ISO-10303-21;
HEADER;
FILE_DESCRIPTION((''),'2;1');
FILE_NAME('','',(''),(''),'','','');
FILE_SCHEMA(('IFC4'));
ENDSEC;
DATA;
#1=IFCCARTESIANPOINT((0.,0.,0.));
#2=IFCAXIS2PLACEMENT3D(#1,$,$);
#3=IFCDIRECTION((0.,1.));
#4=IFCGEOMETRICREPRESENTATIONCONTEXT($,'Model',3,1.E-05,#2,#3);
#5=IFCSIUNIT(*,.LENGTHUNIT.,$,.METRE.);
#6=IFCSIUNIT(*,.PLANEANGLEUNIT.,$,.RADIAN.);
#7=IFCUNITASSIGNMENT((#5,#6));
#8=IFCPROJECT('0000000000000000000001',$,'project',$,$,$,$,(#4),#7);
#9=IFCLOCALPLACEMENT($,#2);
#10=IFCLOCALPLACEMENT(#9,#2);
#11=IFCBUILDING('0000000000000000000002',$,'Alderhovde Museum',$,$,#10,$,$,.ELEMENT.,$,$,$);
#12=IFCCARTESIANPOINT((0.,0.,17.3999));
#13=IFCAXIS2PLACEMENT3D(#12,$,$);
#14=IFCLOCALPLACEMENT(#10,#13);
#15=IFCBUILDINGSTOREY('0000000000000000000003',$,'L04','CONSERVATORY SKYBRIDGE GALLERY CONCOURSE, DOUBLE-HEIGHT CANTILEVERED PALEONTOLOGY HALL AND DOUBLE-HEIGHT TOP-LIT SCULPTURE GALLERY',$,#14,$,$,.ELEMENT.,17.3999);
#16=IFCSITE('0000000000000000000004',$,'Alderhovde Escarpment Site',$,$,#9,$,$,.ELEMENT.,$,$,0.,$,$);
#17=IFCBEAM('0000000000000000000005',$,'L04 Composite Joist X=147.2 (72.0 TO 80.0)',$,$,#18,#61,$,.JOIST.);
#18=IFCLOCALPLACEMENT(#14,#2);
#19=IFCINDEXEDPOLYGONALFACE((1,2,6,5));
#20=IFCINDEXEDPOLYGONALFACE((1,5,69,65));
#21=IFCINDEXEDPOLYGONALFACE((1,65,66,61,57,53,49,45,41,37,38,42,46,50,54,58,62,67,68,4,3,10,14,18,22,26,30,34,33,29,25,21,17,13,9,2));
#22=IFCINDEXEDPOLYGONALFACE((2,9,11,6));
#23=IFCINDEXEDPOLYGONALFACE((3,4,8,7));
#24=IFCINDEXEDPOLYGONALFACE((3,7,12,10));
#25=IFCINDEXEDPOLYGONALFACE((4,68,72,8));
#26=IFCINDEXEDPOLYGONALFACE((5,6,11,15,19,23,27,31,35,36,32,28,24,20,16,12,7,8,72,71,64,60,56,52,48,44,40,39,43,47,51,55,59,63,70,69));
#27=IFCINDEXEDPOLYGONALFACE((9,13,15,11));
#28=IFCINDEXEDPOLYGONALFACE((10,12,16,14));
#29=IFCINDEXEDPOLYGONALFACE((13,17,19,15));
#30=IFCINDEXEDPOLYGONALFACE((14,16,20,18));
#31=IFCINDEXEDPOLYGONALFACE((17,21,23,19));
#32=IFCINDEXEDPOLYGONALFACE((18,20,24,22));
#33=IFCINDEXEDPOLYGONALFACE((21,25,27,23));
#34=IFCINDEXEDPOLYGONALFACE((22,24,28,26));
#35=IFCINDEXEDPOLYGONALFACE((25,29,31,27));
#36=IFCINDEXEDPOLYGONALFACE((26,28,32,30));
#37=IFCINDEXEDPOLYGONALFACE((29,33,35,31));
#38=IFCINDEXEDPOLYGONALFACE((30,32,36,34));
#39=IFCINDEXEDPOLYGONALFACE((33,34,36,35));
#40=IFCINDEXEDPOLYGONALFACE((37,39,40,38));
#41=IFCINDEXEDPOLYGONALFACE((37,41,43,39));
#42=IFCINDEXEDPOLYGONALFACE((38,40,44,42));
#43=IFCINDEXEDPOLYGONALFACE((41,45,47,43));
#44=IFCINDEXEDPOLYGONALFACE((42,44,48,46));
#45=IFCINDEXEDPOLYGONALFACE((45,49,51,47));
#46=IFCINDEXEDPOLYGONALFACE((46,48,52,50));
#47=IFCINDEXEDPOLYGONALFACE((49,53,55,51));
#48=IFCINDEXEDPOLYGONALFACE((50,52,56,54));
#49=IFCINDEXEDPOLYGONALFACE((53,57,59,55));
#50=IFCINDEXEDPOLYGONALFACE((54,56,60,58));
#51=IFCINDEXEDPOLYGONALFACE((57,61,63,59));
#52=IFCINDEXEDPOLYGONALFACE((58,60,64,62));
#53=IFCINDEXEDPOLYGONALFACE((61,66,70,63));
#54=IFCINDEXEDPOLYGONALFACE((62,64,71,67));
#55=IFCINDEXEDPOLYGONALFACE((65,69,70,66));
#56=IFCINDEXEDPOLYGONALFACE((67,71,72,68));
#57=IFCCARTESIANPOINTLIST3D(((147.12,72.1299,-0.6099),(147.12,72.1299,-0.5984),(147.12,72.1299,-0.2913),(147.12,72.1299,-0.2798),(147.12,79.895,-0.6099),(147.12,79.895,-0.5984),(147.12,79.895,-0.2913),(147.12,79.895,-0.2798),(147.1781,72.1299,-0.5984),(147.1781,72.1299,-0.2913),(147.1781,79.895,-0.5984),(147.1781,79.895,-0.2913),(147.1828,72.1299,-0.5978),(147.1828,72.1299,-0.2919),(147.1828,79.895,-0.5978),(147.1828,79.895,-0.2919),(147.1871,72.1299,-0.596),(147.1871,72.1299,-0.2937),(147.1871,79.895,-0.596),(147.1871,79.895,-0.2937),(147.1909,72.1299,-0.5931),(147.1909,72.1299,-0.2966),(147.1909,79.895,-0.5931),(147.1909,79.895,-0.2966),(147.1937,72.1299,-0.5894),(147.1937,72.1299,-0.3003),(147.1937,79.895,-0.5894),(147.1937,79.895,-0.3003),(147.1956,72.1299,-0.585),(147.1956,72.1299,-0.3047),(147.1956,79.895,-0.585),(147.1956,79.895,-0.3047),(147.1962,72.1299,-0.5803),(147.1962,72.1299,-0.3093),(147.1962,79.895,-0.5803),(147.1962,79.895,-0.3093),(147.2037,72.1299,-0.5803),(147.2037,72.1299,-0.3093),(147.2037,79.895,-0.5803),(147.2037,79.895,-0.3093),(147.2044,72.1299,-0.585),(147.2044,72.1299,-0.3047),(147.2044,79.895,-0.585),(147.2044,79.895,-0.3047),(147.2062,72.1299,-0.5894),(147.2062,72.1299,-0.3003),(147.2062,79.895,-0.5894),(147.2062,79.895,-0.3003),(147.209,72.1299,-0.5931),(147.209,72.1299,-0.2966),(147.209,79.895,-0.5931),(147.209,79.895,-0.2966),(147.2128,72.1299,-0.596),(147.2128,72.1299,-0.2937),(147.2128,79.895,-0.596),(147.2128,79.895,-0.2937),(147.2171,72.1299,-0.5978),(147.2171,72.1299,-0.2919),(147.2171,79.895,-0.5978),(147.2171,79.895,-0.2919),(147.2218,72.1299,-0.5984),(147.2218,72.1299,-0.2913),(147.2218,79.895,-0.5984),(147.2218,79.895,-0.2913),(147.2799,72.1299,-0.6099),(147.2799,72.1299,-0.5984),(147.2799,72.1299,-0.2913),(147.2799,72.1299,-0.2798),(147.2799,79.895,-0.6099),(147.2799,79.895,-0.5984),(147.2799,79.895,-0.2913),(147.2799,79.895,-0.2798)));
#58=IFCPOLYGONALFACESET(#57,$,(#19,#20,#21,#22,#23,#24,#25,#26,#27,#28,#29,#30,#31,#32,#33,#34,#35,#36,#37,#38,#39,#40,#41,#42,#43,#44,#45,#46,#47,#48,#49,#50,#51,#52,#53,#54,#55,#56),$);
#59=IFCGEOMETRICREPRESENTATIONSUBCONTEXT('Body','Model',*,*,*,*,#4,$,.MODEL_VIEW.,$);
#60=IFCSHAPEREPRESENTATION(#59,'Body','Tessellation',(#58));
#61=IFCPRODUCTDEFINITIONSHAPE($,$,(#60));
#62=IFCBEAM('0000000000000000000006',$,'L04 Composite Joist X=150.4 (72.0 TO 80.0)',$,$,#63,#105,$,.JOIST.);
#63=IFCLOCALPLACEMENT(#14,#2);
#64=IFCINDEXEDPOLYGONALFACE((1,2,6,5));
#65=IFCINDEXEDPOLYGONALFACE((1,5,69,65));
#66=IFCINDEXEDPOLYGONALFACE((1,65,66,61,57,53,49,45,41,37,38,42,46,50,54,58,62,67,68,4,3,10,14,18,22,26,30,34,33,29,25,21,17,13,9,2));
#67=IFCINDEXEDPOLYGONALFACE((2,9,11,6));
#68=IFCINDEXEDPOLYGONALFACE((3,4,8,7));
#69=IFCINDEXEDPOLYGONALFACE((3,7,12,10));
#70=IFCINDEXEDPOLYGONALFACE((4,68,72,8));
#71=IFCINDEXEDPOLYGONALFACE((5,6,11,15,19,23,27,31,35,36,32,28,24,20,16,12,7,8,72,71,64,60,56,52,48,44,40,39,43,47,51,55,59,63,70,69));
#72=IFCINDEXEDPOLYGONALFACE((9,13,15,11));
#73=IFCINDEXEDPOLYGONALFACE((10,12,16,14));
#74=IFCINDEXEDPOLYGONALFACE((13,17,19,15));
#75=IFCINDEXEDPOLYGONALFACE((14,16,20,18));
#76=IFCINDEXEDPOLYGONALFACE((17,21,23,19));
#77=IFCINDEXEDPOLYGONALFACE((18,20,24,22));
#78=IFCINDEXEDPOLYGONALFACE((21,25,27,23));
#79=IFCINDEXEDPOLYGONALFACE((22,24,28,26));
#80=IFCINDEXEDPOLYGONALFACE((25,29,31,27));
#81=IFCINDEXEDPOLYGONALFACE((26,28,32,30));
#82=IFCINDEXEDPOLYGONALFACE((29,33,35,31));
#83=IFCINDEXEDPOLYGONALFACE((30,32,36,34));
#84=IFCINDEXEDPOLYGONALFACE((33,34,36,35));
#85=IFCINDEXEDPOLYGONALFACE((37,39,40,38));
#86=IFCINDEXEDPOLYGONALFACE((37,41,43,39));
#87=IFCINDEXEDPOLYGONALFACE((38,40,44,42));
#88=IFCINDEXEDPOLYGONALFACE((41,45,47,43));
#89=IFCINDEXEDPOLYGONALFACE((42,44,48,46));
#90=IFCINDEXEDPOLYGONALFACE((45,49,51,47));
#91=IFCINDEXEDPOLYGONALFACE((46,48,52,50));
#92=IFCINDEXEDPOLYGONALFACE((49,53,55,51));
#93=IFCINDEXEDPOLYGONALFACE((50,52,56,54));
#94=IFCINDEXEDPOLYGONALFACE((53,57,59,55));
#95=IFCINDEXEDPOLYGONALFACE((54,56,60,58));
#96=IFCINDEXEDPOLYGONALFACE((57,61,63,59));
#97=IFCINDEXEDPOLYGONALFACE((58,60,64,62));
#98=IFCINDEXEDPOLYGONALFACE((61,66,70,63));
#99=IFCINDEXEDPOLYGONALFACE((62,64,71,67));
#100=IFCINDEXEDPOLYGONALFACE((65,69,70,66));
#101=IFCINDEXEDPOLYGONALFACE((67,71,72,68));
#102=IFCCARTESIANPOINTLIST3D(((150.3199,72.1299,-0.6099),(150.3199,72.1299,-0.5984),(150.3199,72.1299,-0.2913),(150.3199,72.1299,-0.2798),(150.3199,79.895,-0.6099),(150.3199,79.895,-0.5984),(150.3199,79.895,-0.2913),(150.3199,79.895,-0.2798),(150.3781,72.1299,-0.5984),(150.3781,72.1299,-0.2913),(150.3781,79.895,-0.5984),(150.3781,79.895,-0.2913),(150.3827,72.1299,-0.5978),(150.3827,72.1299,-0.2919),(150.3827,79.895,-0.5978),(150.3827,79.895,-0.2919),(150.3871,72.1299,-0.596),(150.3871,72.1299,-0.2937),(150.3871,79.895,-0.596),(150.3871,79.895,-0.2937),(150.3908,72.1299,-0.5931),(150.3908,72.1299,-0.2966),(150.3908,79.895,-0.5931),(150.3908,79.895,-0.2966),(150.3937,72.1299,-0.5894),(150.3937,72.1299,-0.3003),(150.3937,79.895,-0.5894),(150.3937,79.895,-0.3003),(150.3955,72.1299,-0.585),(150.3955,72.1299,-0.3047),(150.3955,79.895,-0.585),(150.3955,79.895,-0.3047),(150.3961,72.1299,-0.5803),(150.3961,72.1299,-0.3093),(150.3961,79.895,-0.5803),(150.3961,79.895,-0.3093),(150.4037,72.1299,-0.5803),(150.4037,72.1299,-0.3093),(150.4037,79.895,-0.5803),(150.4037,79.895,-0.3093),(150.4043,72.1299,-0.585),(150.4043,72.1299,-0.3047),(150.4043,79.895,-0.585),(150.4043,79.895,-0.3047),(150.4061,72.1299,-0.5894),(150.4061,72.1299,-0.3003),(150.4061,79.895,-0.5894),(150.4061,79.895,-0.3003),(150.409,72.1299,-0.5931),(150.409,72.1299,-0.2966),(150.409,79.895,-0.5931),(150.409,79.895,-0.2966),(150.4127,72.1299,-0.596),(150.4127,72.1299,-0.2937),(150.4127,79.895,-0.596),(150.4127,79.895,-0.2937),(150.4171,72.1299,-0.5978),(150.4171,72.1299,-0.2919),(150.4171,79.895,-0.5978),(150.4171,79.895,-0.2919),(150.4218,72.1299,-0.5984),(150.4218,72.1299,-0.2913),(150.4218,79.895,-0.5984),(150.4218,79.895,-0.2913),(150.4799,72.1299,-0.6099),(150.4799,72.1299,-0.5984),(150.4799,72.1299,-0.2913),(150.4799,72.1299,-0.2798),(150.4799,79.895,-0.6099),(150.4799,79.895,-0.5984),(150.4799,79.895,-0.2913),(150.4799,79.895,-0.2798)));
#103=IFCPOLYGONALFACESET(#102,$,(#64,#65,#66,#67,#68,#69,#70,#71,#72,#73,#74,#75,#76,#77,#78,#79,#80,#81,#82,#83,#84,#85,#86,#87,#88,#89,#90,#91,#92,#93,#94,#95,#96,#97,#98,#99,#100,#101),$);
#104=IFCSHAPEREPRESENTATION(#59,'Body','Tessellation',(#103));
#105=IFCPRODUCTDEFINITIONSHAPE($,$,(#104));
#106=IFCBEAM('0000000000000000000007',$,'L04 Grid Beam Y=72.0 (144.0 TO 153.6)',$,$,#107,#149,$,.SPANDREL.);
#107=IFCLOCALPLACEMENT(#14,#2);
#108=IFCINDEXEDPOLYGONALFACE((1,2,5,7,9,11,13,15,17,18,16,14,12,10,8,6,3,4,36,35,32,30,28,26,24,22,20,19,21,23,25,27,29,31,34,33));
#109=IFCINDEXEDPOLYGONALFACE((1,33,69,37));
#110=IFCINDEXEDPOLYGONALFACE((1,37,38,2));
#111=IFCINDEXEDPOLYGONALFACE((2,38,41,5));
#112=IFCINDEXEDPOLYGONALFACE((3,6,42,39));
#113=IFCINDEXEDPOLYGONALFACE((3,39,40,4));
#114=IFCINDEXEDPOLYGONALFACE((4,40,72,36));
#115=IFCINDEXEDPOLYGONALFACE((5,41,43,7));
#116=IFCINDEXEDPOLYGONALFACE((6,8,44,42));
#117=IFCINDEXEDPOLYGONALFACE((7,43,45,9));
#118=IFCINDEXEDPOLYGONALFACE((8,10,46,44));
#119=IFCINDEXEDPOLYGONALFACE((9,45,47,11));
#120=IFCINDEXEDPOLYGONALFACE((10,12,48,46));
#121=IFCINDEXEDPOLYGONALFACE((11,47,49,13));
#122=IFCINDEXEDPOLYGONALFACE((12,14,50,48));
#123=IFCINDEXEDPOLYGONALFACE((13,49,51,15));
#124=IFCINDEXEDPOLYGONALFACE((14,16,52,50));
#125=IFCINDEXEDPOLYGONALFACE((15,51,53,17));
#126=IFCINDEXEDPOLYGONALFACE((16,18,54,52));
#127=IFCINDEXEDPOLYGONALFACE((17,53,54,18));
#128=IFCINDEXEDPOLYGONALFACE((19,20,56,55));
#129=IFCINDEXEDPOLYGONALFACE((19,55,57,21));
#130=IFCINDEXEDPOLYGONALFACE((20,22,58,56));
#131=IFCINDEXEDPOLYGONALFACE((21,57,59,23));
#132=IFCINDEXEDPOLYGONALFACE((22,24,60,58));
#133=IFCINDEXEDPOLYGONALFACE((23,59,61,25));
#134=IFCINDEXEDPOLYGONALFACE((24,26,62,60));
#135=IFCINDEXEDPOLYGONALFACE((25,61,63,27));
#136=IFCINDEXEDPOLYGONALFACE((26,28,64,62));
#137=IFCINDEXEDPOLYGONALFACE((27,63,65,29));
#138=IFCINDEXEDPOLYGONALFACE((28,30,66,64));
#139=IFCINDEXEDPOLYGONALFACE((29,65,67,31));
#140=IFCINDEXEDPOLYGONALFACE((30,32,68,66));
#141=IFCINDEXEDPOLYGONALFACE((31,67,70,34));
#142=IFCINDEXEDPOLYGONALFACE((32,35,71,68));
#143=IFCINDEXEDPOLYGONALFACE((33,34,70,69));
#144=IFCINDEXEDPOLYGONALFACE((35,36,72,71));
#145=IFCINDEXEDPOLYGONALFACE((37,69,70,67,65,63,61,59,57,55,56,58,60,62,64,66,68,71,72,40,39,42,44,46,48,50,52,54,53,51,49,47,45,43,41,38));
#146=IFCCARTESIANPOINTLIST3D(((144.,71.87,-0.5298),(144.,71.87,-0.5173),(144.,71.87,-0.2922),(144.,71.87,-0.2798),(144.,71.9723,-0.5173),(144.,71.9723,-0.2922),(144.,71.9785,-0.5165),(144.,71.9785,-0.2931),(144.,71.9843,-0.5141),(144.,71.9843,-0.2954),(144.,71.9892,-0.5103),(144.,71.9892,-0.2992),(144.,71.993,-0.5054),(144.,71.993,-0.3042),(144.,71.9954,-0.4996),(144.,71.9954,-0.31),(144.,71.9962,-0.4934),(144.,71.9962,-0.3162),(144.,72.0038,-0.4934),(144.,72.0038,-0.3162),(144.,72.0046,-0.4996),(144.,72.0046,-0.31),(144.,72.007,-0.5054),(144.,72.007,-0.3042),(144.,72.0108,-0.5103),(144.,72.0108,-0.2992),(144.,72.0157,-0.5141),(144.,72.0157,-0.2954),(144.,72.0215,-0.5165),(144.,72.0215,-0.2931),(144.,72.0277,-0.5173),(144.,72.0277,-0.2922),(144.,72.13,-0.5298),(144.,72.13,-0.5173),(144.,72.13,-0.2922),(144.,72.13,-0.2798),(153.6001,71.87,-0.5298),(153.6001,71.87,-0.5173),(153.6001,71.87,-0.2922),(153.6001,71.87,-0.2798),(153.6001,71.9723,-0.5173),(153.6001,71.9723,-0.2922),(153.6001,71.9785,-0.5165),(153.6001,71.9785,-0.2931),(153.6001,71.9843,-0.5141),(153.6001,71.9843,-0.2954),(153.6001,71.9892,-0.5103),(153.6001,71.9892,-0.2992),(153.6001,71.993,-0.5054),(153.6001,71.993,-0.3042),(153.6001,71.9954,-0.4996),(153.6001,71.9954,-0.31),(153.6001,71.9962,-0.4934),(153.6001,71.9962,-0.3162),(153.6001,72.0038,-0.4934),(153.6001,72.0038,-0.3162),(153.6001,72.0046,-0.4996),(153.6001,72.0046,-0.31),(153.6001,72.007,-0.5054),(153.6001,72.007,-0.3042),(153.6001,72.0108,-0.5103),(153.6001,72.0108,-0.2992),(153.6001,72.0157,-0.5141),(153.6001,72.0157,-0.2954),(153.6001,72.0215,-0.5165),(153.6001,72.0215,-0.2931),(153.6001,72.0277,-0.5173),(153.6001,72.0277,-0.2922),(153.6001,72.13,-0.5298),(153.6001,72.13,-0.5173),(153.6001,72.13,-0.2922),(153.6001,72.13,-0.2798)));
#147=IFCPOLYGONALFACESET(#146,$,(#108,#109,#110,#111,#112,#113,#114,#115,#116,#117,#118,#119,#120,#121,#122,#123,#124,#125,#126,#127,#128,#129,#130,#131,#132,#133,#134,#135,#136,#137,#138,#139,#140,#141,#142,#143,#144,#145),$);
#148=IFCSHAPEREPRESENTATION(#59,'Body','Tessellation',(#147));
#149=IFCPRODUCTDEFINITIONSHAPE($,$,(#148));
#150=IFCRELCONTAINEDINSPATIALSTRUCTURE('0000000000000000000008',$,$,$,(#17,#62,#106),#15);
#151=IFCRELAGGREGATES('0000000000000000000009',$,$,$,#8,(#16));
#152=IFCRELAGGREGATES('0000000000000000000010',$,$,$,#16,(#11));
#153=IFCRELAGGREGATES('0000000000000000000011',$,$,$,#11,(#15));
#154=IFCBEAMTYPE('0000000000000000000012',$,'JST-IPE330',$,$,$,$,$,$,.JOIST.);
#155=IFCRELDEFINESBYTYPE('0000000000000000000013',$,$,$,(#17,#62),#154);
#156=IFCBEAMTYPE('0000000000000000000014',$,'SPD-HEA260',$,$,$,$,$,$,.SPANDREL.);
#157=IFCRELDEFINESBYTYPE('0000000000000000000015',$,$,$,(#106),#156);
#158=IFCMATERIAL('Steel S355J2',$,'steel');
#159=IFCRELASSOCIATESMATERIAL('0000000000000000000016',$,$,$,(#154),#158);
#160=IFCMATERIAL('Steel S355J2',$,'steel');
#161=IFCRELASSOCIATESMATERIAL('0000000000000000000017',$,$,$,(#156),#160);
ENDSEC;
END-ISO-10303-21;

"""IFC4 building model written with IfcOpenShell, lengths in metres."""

from ifc_helpers import new_model, si_unit, direction, frame, origin, origin_2d, place, context, subcontext, project, spatial, i_section, extrude, material, material_profile, profile_set, type_object, element, save


model = new_model("IFC4")

# Units and contexts
model_context = context("Model", 3, precision=1e-05, world=origin(), true_north=direction((0.0, 1.0)))
body_context = subcontext(model_context, "Body", "Model", "MODEL_VIEW")
ifc_project = project(units=[si_unit("LENGTHUNIT", "METRE"), si_unit("PLANEANGLEUNIT", "RADIAN")], contexts=[model_context])

# Site, building, storey
site_placement = place(None, origin())
site = spatial("IfcSite", under=ifc_project, at=site_placement, Name="Alderhovde Escarpment Site", CompositionType="ELEMENT", RefElevation=0.0)
building_placement = place(site_placement, origin())
building = spatial("IfcBuilding", under=site, at=building_placement, Name="Alderhovde Museum", CompositionType="ELEMENT")
storey_placement = place(building_placement, frame((0.0, 0.0, 17.3999)))
storey = spatial("IfcBuildingStorey", under=building, at=storey_placement, Name="L04", Description="CONSERVATORY SKYBRIDGE GALLERY CONCOURSE, DOUBLE-HEIGHT CANTILEVERED PALEONTOLOGY HALL AND DOUBLE-HEIGHT TOP-LIT SCULPTURE GALLERY", CompositionType="ELEMENT", Elevation=17.3999)

# Beams
ifc_material_1 = material(Name="Steel S355J2", Category="steel")
ifc_material_profile_1 = material_profile(ifc_material_1, i_section(OverallWidth=0.1599, OverallDepth=0.3301, WebThickness=0.0076, FlangeThickness=0.0115, FilletRadius=0.0181, at=origin_2d()), Name="IPE 330")
ifc_profile_set_1 = profile_set([ifc_material_profile_1], Name="Steel S355J2")
beam_type_1 = type_object("IfcBeamType", Name="JST-IPE330", PredefinedType="JOIST", material=ifc_profile_set_1)
for number, where, z_axis, x_axis, name in (
    (1, (147.2, 72.1299, -0.4448), (0.0, 1.0, 0.0), (-1.0, 0.0, 0.0), "L04 Composite Joist X=147.2 (72.0 TO 80.0)"),
    (2, (150.3999, 72.1299, -0.4448), (0.0, 1.0, 0.0), (-1.0, 0.0, 0.0), "L04 Composite Joist X=150.4 (72.0 TO 80.0)"),
):
    element("IfcBeam", number, at=place(storey_placement, frame(where, z_axis=z_axis, x_axis=x_axis)), inside=storey, type_object=beam_type_1, Name=name, PredefinedType="JOIST", context=body_context, shape_type="SweptSolid", body=[
        extrude(i_section(OverallWidth=0.1599, OverallDepth=0.3301, WebThickness=0.0076, FlangeThickness=0.0115, FilletRadius=0.0181, at=origin_2d()), origin(), (0.0, 0.0, 1.0), 7.7651),
    ])
ifc_material_2 = material(Name="Steel S355J2", Category="steel")
ifc_material_profile_2 = material_profile(ifc_material_2, i_section(OverallWidth=0.26, OverallDepth=0.25, WebThickness=0.0076, FlangeThickness=0.0125, FilletRadius=0.0239, at=origin_2d()), Name="HEA 260")
ifc_profile_set_2 = profile_set([ifc_material_profile_2], Name="Steel S355J2")
beam_type_2 = type_object("IfcBeamType", Name="SPD-HEA260", PredefinedType="SPANDREL", material=ifc_profile_set_2)
beam_1_placement = place(storey_placement, frame((144.0, 72.0, -0.4048), z_axis=(1.0, 0.0, 0.0), x_axis=(0.0, 1.0, 0.0)))
element("IfcBeam", 3, at=beam_1_placement, inside=storey, type_object=beam_type_2, Name="L04 Grid Beam Y=72.0 (144.0 TO 153.6)", PredefinedType="SPANDREL", context=body_context, shape_type="SweptSolid", body=[
    extrude(i_section(OverallWidth=0.26, OverallDepth=0.25, WebThickness=0.0076, FlangeThickness=0.0125, FilletRadius=0.0239, at=origin_2d()), origin(), (0.0, 0.0, 1.0), 9.6001),
])

save(model, "model.ifc")
